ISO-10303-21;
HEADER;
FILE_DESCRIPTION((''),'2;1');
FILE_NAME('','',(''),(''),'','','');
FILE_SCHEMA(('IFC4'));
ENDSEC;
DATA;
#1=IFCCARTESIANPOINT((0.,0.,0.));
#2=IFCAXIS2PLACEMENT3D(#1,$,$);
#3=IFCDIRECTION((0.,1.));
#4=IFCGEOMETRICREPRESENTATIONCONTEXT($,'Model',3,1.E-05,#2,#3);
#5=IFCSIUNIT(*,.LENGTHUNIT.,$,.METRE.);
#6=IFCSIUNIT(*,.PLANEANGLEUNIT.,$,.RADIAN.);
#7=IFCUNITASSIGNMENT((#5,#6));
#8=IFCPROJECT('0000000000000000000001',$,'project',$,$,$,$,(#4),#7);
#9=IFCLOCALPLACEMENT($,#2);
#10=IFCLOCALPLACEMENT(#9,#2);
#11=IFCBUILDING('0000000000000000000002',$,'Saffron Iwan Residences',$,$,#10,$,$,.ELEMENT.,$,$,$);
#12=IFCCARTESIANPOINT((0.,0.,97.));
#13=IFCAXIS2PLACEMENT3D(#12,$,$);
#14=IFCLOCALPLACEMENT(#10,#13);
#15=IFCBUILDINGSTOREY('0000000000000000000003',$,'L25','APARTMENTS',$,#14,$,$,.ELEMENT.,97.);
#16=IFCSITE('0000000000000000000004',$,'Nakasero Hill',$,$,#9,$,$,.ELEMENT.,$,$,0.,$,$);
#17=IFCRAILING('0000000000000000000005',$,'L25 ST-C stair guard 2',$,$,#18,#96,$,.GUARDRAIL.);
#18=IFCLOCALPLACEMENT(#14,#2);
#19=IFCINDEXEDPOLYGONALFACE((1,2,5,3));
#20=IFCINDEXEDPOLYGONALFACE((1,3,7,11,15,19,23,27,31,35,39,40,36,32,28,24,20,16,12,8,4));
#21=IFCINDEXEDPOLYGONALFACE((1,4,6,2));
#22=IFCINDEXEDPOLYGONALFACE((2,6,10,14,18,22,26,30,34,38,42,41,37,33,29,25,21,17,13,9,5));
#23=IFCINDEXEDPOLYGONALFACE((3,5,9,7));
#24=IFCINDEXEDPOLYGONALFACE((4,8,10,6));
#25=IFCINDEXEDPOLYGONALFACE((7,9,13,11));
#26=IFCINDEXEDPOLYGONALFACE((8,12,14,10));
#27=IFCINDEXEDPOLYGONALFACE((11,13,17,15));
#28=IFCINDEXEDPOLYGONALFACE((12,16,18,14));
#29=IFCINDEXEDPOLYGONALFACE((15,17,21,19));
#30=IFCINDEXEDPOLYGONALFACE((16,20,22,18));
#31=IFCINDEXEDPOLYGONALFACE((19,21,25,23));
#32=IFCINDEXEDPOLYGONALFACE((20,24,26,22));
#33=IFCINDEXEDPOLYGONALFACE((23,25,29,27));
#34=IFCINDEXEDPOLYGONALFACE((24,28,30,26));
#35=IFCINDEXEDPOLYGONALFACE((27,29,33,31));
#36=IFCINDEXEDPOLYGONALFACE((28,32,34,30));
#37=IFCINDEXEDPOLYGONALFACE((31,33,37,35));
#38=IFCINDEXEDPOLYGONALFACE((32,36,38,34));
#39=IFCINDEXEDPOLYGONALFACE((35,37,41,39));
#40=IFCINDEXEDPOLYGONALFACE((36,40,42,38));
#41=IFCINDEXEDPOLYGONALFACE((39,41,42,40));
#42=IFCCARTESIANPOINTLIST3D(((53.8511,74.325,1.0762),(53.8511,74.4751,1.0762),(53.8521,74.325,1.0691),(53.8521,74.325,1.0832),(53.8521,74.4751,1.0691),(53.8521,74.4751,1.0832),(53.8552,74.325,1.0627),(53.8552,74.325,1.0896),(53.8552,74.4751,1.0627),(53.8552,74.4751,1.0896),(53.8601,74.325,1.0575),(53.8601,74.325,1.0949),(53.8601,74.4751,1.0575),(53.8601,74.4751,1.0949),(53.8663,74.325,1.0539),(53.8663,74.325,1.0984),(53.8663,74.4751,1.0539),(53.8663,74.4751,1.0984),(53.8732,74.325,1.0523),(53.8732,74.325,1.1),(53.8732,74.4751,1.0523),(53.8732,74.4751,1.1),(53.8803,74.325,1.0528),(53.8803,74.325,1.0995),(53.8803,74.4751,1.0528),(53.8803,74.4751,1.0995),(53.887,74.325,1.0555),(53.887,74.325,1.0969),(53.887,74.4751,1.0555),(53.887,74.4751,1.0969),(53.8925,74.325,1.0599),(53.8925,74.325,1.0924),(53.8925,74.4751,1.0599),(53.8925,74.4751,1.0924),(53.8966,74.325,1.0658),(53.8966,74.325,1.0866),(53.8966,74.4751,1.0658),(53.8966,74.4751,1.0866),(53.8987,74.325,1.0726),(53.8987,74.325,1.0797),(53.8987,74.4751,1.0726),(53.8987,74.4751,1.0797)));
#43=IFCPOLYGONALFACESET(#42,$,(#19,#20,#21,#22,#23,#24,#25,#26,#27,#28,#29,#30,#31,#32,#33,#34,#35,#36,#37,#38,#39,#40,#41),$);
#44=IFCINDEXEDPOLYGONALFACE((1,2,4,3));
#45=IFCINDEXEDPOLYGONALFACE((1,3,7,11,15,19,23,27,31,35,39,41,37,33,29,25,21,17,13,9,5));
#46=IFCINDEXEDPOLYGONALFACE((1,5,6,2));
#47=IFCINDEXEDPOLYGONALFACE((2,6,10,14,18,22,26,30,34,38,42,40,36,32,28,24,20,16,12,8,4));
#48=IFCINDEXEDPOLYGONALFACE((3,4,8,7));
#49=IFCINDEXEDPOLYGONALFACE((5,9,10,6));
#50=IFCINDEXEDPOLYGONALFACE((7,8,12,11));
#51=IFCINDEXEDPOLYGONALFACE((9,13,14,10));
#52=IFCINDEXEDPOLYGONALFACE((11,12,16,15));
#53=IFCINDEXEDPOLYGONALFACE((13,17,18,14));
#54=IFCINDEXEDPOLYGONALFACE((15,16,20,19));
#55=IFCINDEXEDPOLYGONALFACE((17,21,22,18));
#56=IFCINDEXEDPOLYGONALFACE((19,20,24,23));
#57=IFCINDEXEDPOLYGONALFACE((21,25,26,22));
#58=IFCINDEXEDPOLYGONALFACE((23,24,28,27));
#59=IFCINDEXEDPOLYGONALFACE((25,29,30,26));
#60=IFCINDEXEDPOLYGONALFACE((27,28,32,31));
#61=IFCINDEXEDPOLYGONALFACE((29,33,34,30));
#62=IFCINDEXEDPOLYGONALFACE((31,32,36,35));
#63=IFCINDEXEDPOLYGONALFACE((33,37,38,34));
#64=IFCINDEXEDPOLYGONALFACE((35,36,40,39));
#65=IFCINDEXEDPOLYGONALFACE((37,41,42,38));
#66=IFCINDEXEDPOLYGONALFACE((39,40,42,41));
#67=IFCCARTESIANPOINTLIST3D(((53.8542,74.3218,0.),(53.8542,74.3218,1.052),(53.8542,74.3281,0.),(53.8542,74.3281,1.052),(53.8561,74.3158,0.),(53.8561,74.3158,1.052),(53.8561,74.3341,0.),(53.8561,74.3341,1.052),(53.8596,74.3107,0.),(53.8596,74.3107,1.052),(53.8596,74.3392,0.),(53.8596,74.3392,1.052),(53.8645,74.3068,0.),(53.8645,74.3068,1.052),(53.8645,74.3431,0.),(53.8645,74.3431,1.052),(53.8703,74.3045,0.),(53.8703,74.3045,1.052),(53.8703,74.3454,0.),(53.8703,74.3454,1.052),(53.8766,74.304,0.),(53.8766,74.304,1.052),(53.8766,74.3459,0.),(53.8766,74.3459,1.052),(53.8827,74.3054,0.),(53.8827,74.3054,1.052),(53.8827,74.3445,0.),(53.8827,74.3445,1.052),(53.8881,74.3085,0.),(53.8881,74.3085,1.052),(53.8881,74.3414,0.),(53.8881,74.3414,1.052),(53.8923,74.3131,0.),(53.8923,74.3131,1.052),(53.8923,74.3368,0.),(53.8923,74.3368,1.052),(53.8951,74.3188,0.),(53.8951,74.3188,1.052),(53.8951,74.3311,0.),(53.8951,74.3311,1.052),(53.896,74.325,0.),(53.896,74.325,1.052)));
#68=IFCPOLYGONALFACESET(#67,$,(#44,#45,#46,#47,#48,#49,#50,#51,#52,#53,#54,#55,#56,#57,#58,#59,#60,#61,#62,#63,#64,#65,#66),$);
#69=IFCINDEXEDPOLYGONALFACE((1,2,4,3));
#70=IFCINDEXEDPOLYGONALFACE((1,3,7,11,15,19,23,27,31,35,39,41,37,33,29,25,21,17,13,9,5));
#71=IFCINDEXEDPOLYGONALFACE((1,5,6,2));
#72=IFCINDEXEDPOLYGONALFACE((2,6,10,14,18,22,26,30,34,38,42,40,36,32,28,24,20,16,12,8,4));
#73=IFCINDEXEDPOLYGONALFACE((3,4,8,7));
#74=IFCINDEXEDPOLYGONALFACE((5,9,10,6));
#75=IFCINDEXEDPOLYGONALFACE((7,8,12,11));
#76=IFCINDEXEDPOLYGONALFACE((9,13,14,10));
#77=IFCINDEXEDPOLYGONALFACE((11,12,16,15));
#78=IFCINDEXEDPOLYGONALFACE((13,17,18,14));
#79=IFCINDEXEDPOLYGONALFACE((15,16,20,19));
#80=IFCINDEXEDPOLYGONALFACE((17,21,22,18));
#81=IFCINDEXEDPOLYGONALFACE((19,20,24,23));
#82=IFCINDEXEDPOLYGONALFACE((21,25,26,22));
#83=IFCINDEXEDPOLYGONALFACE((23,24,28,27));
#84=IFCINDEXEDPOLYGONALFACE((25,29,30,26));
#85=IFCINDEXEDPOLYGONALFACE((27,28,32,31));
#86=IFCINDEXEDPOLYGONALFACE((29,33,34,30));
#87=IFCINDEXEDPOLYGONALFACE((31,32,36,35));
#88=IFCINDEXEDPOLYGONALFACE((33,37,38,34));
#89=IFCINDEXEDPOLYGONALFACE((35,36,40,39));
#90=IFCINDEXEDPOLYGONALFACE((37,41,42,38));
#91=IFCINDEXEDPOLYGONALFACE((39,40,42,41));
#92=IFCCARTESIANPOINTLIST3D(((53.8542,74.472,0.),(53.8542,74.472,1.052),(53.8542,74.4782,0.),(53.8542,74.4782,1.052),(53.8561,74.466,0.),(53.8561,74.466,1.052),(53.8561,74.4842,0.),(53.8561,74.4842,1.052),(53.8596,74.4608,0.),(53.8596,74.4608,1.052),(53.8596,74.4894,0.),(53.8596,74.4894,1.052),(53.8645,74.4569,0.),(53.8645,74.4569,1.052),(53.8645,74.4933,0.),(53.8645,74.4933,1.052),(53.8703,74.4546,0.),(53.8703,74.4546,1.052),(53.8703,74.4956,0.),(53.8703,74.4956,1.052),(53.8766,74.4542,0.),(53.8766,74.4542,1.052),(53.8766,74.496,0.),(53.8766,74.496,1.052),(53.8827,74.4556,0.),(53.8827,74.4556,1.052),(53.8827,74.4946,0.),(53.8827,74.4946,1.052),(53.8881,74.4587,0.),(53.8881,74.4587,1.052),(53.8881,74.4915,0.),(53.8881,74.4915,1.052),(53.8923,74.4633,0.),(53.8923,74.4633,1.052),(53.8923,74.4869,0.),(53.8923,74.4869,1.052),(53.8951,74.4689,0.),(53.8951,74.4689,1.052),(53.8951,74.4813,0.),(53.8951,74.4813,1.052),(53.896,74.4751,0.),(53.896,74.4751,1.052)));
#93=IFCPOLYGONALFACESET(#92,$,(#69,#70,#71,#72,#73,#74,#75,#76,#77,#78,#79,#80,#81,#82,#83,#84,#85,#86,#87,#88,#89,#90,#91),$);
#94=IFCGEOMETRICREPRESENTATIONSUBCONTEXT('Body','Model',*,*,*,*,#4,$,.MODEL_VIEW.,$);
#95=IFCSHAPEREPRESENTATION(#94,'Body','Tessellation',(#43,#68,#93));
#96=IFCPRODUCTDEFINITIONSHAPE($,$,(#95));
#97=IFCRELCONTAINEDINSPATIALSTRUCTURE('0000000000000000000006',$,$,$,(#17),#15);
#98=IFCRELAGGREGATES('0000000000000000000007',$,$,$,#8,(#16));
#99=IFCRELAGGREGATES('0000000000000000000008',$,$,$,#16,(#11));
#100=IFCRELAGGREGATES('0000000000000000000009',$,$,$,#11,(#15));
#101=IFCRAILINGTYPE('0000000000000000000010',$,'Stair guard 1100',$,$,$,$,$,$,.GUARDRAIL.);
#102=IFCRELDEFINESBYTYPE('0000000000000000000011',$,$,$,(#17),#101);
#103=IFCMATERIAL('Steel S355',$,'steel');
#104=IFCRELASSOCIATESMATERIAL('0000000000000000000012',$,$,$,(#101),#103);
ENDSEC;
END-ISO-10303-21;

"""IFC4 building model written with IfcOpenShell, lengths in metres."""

from ifc_helpers import new_model, si_unit, direction, frame, origin, origin_2d, place, context, subcontext, project, spatial, circle, extrude, material, type_object, element, save


model = new_model("IFC4")

# Units and contexts
model_context = context("Model", 3, precision=1e-05, world=origin(), true_north=direction((0.0, 1.0)))
body_context = subcontext(model_context, "Body", "Model", "MODEL_VIEW")
ifc_project = project(units=[si_unit("LENGTHUNIT", "METRE"), si_unit("PLANEANGLEUNIT", "RADIAN")], contexts=[model_context])

# Site, building, storey
site_placement = place(None, origin())
site = spatial("IfcSite", under=ifc_project, at=site_placement, Name="Nakasero Hill", CompositionType="ELEMENT", RefElevation=0.0)
building_placement = place(site_placement, origin())
building = spatial("IfcBuilding", under=site, at=building_placement, Name="Saffron Iwan Residences", CompositionType="ELEMENT")
storey_placement = place(building_placement, frame((0.0, 0.0, 97.0)))
storey = spatial("IfcBuildingStorey", under=building, at=storey_placement, Name="L25", Description="APARTMENTS", CompositionType="ELEMENT", Elevation=97.0)

# Railing
ifc_material_1 = material(Name="Steel S355", Category="steel")
railing_type_1 = type_object("IfcRailingType", Name="Stair guard 1100", PredefinedType="GUARDRAIL", material=ifc_material_1)
railing_1_placement = place(storey_placement, frame((53.875, 74.325, 0.0)))
element("IfcRailing", 1, at=railing_1_placement, inside=storey, type_object=railing_type_1, Name="L25 ST-C stair guard 2", PredefinedType="GUARDRAIL", context=body_context, shape_type="SweptSolid", body=[
    extrude(circle(Radius=0.0239, at=origin_2d()), frame((0.0, 0.0, 1.0762), z_axis=(0.0, 1.0, 0.0), x_axis=(-1.0, 0.0, 0.0)), (0.0, 0.0, 1.0), 0.1501),
    extrude(circle(Radius=0.021, at=origin_2d()), origin(), (0.0, 0.0, 1.0), 1.052),
    extrude(circle(Radius=0.021, at=origin_2d()), frame((0.0, 0.1501, 0.0)), (0.0, 0.0, 1.0), 1.052),
])

save(model, "model.ifc")
